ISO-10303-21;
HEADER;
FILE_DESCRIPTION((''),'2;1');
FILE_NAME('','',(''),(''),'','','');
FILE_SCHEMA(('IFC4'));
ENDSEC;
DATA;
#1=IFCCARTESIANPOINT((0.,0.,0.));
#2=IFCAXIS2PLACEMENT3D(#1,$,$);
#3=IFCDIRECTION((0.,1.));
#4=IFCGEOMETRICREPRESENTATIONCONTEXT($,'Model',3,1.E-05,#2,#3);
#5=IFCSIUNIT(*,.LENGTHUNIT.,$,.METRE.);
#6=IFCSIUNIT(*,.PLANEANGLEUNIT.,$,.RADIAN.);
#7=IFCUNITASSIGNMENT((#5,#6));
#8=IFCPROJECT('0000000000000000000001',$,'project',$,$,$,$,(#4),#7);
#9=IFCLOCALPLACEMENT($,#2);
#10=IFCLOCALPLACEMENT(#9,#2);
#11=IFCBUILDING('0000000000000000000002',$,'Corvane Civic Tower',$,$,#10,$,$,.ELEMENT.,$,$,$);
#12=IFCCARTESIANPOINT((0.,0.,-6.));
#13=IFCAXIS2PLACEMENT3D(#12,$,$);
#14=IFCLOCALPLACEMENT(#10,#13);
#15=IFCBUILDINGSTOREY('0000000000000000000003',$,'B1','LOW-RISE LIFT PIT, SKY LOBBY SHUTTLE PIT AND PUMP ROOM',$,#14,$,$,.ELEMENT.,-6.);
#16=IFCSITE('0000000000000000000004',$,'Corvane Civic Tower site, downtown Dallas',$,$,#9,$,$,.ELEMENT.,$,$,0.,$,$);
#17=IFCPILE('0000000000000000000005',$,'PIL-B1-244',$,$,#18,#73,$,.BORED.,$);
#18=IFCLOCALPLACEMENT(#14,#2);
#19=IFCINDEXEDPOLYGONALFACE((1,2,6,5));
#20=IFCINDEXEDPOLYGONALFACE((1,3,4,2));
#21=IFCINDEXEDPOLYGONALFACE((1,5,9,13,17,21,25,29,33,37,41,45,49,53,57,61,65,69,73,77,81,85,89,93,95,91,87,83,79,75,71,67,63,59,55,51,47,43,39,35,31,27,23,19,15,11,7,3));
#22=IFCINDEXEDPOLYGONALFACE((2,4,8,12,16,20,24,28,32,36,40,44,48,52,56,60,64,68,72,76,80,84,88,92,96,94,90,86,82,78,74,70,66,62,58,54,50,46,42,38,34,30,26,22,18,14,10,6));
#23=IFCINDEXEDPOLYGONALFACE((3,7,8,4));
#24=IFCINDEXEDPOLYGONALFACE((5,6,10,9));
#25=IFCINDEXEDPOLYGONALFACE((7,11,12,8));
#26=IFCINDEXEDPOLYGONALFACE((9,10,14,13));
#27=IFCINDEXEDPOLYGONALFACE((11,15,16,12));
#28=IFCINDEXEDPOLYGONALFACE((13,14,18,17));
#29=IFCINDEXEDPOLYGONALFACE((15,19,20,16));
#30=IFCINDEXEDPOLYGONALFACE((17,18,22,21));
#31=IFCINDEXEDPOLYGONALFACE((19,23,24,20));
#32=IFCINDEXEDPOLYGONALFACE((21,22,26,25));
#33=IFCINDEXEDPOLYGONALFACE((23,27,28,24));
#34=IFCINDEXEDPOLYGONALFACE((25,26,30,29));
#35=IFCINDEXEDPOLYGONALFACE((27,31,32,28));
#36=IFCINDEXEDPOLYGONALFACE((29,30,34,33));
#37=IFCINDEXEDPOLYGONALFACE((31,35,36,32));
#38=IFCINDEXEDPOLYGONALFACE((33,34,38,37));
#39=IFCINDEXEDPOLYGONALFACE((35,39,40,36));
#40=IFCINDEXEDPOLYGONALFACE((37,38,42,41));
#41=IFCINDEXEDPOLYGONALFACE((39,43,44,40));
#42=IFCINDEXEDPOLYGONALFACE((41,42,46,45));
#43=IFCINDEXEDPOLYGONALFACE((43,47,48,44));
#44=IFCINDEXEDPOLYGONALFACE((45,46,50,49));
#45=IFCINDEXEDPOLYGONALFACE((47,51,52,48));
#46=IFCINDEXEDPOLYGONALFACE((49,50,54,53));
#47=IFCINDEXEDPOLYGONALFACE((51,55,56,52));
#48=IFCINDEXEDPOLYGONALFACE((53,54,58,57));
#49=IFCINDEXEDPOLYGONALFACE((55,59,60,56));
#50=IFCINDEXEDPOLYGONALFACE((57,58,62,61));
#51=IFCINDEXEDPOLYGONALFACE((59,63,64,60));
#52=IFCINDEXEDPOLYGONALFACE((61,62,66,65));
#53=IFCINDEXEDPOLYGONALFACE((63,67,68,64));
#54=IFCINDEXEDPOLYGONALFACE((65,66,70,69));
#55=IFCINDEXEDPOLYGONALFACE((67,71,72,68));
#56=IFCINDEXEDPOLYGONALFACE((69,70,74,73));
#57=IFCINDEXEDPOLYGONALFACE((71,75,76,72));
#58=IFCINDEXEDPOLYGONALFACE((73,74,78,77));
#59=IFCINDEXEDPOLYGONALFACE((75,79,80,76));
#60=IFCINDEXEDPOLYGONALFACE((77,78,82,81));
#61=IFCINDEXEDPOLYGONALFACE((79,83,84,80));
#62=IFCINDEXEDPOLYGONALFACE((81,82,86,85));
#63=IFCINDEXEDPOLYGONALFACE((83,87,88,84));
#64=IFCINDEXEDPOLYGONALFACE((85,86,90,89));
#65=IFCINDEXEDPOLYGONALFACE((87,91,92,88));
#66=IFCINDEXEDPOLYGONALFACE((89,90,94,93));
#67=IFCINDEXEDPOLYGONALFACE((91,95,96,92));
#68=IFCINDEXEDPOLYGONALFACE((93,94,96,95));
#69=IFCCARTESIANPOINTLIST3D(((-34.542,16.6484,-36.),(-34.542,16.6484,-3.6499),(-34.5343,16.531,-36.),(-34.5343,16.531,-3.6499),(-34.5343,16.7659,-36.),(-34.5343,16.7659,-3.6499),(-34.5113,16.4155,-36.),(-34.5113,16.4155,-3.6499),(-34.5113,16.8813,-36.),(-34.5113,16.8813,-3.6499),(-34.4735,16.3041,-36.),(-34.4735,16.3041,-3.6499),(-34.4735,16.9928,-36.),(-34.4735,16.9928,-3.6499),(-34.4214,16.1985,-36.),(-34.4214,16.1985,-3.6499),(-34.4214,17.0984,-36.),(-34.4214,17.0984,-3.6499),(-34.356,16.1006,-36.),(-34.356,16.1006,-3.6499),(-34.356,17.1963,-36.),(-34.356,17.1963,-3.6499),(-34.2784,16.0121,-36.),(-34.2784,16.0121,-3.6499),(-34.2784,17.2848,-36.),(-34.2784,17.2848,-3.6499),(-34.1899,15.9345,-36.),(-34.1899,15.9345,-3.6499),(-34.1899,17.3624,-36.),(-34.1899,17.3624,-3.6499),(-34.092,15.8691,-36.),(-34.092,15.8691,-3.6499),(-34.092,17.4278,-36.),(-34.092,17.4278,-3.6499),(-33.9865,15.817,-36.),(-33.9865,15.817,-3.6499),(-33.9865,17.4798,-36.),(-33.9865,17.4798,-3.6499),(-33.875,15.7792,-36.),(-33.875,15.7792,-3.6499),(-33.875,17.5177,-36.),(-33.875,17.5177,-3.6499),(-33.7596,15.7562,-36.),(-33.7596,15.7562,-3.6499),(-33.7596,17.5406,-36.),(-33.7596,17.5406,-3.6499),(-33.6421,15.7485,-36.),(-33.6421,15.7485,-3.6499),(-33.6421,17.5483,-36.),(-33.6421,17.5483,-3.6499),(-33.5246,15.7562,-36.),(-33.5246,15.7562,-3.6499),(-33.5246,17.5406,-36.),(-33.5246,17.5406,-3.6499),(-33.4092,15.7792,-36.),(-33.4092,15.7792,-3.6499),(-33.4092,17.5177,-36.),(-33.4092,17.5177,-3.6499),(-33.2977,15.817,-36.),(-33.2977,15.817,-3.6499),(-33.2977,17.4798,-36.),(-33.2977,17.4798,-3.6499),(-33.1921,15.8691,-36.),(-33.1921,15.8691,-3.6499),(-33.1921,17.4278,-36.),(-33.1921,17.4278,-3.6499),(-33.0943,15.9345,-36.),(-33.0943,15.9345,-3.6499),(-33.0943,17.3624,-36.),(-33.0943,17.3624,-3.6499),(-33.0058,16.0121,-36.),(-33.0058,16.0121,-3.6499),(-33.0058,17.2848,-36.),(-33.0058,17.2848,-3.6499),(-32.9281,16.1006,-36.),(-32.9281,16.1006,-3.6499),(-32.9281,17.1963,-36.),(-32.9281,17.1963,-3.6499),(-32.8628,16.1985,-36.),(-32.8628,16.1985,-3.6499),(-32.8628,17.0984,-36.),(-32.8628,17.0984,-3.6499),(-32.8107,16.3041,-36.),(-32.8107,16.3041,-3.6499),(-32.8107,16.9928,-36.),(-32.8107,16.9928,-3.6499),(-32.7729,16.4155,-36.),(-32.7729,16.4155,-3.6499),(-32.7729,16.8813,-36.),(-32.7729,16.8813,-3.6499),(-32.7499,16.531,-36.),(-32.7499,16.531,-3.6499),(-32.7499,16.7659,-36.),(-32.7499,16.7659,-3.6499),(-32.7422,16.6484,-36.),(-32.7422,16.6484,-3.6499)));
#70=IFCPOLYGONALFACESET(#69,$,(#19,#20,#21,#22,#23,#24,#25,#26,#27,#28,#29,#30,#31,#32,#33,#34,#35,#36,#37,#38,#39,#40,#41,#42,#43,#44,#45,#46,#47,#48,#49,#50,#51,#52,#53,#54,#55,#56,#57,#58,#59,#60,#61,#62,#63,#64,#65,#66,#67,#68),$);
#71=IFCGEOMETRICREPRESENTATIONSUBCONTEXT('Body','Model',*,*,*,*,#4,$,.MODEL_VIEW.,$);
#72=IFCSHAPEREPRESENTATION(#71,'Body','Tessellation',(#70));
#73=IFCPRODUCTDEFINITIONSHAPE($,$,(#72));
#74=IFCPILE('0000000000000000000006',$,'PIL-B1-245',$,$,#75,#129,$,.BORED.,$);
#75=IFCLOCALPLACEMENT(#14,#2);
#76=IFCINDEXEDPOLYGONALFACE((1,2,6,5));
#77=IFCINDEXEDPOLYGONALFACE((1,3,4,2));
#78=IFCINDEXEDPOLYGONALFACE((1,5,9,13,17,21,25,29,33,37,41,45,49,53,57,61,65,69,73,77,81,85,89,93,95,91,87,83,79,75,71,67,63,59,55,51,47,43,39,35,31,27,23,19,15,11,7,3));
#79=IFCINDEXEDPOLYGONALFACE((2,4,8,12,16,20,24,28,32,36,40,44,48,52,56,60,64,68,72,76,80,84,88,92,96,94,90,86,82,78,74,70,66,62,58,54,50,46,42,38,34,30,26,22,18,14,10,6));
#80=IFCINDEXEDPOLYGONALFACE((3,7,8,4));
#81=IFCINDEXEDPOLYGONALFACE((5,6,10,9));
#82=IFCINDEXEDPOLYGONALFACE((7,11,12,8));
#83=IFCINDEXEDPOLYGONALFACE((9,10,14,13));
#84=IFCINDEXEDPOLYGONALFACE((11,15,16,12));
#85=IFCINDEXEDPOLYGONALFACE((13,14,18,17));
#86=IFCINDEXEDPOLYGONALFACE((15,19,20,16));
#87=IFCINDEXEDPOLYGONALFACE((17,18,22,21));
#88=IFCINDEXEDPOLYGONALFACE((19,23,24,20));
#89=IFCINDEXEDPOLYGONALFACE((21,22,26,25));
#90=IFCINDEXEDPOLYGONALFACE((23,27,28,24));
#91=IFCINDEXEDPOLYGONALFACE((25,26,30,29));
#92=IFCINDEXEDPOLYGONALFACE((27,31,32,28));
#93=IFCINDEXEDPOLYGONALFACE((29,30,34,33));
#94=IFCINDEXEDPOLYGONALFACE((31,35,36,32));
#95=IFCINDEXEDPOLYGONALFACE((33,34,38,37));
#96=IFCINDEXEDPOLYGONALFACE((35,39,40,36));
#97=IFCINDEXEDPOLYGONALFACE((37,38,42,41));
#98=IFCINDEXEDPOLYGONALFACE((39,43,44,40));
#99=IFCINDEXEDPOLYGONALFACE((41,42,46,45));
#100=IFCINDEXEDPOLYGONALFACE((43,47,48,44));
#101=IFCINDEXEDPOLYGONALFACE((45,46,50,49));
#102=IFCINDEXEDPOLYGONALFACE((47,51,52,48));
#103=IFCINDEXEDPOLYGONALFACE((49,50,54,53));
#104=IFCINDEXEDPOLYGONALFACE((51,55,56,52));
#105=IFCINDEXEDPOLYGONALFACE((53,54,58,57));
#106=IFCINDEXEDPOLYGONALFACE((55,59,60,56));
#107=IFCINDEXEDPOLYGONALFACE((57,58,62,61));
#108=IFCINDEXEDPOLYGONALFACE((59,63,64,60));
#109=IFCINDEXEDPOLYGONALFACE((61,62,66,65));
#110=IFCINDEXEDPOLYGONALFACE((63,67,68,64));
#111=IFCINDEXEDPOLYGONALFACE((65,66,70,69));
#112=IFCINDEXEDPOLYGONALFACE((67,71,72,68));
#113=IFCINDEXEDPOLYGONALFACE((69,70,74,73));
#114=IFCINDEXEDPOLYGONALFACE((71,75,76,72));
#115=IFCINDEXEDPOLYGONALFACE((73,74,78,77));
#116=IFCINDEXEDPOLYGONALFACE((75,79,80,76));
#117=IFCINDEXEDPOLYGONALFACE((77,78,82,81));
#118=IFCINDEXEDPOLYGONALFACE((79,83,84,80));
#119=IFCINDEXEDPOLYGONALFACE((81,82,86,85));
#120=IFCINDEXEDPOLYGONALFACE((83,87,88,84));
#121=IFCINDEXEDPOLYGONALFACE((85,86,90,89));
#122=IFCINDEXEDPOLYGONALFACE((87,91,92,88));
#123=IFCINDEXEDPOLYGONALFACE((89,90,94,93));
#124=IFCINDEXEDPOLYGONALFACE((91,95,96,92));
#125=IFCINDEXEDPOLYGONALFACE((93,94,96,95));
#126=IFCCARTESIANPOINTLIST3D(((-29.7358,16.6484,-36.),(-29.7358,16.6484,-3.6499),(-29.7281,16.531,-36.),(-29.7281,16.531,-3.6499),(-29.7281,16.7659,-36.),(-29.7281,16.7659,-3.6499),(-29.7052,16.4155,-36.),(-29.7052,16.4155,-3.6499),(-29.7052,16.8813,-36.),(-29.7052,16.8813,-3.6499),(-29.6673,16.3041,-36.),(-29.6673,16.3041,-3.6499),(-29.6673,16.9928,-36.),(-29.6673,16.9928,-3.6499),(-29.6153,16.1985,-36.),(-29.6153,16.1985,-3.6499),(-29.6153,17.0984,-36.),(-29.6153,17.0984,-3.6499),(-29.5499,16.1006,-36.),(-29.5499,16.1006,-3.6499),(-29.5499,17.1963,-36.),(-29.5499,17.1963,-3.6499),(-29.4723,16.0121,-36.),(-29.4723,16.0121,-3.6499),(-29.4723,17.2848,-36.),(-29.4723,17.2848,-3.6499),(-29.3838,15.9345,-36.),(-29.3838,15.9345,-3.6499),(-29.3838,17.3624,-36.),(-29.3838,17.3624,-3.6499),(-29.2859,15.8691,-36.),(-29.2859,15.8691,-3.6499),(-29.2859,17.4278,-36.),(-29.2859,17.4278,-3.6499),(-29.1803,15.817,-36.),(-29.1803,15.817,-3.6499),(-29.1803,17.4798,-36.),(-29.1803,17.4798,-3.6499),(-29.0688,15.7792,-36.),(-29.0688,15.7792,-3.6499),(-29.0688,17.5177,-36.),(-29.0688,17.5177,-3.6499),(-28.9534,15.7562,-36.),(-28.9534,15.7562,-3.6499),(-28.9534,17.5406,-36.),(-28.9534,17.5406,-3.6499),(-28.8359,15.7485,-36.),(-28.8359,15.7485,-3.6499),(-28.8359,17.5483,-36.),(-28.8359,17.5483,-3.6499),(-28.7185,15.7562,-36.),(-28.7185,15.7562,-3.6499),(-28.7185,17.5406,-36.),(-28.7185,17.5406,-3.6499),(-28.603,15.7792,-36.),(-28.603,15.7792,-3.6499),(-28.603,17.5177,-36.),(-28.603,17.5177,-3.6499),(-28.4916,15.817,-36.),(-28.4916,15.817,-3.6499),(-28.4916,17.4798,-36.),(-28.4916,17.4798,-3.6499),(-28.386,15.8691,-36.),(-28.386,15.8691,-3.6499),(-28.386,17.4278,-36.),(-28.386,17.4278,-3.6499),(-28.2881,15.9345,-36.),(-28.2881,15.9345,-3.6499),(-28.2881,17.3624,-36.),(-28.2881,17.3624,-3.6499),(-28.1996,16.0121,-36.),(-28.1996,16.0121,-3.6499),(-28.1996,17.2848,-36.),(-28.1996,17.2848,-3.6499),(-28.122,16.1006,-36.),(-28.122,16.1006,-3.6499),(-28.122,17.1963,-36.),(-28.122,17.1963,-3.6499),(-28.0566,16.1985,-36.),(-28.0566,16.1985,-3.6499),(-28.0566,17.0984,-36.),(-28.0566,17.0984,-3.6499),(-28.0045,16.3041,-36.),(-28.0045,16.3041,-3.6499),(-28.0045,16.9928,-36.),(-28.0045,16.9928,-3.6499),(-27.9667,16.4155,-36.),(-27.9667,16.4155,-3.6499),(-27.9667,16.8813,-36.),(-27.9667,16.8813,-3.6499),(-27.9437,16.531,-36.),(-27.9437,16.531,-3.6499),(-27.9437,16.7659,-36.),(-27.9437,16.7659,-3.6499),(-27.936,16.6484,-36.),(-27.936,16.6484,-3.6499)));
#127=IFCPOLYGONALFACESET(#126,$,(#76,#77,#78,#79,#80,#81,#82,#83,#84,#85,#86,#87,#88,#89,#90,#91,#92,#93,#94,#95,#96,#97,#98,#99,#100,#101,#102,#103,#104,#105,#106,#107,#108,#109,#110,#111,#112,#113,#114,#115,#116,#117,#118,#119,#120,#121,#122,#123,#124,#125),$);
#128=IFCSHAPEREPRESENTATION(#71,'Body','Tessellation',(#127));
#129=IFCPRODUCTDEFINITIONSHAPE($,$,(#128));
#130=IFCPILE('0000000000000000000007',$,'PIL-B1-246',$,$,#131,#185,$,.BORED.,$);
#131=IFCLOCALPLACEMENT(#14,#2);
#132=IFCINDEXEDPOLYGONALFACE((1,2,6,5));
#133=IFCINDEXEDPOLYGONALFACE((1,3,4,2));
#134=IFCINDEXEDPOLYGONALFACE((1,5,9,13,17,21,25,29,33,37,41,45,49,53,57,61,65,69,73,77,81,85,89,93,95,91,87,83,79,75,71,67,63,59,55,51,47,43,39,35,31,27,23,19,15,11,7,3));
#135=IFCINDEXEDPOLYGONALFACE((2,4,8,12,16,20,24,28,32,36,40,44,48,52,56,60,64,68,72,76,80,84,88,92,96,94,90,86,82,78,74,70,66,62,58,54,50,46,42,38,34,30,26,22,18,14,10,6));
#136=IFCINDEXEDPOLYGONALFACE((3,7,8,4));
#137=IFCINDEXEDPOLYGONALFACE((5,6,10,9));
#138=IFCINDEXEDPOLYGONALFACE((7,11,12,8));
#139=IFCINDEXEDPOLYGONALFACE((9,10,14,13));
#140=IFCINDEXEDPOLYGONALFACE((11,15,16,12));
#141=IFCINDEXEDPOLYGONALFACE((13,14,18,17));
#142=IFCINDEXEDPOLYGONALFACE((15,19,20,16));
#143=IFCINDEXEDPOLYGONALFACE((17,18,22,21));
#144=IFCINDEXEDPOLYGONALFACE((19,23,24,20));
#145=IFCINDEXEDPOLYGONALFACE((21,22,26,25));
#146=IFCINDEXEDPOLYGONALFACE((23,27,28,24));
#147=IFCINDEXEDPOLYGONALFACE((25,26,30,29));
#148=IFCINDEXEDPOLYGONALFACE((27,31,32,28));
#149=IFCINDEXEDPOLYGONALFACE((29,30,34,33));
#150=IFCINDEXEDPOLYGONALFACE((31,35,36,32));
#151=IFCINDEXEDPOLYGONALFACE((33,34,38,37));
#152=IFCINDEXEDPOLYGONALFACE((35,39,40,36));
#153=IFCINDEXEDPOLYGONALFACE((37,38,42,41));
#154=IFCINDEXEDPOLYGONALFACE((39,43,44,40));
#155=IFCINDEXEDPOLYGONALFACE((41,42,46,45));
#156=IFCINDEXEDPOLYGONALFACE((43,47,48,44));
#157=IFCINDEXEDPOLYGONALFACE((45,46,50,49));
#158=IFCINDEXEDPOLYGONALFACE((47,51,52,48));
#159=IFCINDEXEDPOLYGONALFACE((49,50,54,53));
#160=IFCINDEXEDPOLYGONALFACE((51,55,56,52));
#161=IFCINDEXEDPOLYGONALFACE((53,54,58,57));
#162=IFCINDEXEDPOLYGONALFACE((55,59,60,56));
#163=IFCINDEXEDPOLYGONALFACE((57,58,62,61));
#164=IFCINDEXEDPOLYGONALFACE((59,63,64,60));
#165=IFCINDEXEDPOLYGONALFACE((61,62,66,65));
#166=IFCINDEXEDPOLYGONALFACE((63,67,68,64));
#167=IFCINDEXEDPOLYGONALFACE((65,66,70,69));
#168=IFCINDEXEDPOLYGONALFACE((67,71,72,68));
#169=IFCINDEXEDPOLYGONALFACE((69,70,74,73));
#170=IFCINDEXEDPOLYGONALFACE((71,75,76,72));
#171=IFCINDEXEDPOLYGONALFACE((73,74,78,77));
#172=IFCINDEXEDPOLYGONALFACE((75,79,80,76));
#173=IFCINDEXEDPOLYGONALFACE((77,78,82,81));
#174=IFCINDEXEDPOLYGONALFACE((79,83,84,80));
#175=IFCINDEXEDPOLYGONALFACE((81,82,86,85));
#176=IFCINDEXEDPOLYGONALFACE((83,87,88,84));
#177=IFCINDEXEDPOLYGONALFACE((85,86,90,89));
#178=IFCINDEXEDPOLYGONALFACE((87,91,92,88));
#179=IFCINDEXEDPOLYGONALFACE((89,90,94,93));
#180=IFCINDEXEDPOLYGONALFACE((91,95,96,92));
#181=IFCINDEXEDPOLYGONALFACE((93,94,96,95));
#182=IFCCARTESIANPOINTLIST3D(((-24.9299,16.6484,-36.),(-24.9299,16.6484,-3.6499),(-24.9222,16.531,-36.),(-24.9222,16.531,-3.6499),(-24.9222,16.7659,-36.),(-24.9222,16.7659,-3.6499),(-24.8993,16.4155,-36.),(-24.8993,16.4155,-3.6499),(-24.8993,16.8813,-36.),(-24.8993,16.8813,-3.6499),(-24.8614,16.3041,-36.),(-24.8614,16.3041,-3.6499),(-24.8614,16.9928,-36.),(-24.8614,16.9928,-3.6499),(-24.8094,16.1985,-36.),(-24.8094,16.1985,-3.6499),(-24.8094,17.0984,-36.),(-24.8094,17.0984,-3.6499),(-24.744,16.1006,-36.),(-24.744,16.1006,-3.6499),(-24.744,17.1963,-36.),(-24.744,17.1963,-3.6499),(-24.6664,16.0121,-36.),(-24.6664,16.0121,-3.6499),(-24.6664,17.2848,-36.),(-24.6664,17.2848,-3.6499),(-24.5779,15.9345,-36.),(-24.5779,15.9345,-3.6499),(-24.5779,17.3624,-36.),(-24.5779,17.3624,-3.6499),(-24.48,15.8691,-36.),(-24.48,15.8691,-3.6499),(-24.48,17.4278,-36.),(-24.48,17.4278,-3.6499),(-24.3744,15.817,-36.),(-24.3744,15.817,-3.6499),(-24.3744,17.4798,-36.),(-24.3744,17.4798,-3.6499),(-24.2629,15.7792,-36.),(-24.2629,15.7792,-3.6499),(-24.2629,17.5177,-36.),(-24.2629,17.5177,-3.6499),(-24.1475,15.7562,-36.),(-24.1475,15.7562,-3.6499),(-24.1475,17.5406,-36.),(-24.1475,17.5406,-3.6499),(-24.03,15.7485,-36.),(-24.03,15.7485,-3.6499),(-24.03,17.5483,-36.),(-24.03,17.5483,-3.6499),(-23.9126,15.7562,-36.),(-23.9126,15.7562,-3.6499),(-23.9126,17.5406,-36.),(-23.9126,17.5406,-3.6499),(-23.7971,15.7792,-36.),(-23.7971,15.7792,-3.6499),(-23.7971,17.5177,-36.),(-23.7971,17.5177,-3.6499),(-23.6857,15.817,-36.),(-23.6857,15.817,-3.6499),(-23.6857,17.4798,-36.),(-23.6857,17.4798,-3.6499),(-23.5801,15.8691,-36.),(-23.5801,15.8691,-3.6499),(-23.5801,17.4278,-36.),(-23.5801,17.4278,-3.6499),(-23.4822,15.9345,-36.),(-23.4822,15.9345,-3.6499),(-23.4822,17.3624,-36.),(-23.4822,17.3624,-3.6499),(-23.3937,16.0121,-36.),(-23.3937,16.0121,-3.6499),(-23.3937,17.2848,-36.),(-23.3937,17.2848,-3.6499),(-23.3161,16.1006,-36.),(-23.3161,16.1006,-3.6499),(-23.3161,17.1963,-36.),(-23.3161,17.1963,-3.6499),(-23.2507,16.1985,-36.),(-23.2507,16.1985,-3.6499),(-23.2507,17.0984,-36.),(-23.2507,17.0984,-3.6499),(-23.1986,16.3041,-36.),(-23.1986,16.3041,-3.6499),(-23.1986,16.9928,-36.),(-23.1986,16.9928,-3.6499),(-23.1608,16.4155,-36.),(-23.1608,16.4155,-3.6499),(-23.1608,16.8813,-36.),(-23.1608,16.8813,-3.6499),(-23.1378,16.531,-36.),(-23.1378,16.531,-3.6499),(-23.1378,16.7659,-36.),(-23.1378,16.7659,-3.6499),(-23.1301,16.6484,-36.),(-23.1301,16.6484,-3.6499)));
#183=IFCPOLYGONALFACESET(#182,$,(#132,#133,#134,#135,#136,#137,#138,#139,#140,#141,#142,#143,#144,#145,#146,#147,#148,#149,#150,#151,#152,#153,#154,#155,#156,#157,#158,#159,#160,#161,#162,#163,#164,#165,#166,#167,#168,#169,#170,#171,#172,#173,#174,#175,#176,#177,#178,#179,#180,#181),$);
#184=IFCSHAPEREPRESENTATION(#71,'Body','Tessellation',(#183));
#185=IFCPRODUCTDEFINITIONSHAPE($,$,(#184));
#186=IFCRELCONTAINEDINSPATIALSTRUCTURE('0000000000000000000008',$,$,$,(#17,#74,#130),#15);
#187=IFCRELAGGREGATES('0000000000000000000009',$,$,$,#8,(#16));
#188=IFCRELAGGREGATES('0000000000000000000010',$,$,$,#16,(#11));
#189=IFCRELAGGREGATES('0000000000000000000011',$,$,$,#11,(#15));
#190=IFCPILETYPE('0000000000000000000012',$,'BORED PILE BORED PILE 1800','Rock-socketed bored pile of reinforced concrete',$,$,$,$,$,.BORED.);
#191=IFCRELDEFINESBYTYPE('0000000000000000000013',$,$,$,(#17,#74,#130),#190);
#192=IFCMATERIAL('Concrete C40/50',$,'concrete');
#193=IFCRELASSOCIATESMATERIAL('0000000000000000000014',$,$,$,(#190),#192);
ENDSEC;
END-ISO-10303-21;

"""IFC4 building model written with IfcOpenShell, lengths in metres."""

from ifc_helpers import new_model, si_unit, direction, frame, origin, origin_2d, place, context, subcontext, project, spatial, circle, extrude, material, material_profile, profile_set, type_object, element, save


model = new_model("IFC4")

# Units and contexts
model_context = context("Model", 3, precision=1e-05, world=origin(), true_north=direction((0.0, 1.0)))
body_context = subcontext(model_context, "Body", "Model", "MODEL_VIEW")
ifc_project = project(units=[si_unit("LENGTHUNIT", "METRE"), si_unit("PLANEANGLEUNIT", "RADIAN")], contexts=[model_context])

# Site, building, storey
site_placement = place(None, origin())
site = spatial("IfcSite", under=ifc_project, at=site_placement, Name="Corvane Civic Tower site, downtown Dallas", CompositionType="ELEMENT", RefElevation=0.0)
building_placement = place(site_placement, origin())
building = spatial("IfcBuilding", under=site, at=building_placement, Name="Corvane Civic Tower", CompositionType="ELEMENT")
storey_placement = place(building_placement, frame((0.0, 0.0, -6.0)))
storey = spatial("IfcBuildingStorey", under=building, at=storey_placement, Name="B1", Description="LOW-RISE LIFT PIT, SKY LOBBY SHUTTLE PIT AND PUMP ROOM", CompositionType="ELEMENT", Elevation=-6.0)

# Piles
ifc_material_1 = material(Name="Concrete C40/50", Category="concrete")
ifc_material_profile_1 = material_profile(ifc_material_1, circle(Radius=0.8999, at=origin_2d()), Name="BORED PILE 1800")
ifc_profile_set_1 = profile_set([ifc_material_profile_1], Name="Concrete C40/50")
pile_type = type_object("IfcPileType", Name="BORED PILE BORED PILE 1800", Description="Rock-socketed bored pile of reinforced concrete", PredefinedType="BORED", material=ifc_profile_set_1)
for number, where, z_axis, x_axis, name in (
    (1, (-33.6421, 16.6484, -3.6499), (0.0, 0.0, -1.0), (1.0, 0.0, 0.0), "PIL-B1-244"),
    (2, (-28.8359, 16.6484, -3.6499), (0.0, 0.0, -1.0), (1.0, 0.0, 0.0), "PIL-B1-245"),
    (3, (-24.03, 16.6484, -3.6499), (0.0, 0.0, -1.0), (1.0, 0.0, 0.0), "PIL-B1-246"),
):
    element("IfcPile", number, at=place(storey_placement, frame(where, z_axis=z_axis, x_axis=x_axis)), inside=storey, type_object=pile_type, Name=name, PredefinedType="BORED", context=body_context, shape_type="SweptSolid", body=[
        extrude(circle(Radius=0.8999, at=origin_2d()), origin(), (0.0, 0.0, 1.0), 32.3501),
    ])

save(model, "model.ifc")
